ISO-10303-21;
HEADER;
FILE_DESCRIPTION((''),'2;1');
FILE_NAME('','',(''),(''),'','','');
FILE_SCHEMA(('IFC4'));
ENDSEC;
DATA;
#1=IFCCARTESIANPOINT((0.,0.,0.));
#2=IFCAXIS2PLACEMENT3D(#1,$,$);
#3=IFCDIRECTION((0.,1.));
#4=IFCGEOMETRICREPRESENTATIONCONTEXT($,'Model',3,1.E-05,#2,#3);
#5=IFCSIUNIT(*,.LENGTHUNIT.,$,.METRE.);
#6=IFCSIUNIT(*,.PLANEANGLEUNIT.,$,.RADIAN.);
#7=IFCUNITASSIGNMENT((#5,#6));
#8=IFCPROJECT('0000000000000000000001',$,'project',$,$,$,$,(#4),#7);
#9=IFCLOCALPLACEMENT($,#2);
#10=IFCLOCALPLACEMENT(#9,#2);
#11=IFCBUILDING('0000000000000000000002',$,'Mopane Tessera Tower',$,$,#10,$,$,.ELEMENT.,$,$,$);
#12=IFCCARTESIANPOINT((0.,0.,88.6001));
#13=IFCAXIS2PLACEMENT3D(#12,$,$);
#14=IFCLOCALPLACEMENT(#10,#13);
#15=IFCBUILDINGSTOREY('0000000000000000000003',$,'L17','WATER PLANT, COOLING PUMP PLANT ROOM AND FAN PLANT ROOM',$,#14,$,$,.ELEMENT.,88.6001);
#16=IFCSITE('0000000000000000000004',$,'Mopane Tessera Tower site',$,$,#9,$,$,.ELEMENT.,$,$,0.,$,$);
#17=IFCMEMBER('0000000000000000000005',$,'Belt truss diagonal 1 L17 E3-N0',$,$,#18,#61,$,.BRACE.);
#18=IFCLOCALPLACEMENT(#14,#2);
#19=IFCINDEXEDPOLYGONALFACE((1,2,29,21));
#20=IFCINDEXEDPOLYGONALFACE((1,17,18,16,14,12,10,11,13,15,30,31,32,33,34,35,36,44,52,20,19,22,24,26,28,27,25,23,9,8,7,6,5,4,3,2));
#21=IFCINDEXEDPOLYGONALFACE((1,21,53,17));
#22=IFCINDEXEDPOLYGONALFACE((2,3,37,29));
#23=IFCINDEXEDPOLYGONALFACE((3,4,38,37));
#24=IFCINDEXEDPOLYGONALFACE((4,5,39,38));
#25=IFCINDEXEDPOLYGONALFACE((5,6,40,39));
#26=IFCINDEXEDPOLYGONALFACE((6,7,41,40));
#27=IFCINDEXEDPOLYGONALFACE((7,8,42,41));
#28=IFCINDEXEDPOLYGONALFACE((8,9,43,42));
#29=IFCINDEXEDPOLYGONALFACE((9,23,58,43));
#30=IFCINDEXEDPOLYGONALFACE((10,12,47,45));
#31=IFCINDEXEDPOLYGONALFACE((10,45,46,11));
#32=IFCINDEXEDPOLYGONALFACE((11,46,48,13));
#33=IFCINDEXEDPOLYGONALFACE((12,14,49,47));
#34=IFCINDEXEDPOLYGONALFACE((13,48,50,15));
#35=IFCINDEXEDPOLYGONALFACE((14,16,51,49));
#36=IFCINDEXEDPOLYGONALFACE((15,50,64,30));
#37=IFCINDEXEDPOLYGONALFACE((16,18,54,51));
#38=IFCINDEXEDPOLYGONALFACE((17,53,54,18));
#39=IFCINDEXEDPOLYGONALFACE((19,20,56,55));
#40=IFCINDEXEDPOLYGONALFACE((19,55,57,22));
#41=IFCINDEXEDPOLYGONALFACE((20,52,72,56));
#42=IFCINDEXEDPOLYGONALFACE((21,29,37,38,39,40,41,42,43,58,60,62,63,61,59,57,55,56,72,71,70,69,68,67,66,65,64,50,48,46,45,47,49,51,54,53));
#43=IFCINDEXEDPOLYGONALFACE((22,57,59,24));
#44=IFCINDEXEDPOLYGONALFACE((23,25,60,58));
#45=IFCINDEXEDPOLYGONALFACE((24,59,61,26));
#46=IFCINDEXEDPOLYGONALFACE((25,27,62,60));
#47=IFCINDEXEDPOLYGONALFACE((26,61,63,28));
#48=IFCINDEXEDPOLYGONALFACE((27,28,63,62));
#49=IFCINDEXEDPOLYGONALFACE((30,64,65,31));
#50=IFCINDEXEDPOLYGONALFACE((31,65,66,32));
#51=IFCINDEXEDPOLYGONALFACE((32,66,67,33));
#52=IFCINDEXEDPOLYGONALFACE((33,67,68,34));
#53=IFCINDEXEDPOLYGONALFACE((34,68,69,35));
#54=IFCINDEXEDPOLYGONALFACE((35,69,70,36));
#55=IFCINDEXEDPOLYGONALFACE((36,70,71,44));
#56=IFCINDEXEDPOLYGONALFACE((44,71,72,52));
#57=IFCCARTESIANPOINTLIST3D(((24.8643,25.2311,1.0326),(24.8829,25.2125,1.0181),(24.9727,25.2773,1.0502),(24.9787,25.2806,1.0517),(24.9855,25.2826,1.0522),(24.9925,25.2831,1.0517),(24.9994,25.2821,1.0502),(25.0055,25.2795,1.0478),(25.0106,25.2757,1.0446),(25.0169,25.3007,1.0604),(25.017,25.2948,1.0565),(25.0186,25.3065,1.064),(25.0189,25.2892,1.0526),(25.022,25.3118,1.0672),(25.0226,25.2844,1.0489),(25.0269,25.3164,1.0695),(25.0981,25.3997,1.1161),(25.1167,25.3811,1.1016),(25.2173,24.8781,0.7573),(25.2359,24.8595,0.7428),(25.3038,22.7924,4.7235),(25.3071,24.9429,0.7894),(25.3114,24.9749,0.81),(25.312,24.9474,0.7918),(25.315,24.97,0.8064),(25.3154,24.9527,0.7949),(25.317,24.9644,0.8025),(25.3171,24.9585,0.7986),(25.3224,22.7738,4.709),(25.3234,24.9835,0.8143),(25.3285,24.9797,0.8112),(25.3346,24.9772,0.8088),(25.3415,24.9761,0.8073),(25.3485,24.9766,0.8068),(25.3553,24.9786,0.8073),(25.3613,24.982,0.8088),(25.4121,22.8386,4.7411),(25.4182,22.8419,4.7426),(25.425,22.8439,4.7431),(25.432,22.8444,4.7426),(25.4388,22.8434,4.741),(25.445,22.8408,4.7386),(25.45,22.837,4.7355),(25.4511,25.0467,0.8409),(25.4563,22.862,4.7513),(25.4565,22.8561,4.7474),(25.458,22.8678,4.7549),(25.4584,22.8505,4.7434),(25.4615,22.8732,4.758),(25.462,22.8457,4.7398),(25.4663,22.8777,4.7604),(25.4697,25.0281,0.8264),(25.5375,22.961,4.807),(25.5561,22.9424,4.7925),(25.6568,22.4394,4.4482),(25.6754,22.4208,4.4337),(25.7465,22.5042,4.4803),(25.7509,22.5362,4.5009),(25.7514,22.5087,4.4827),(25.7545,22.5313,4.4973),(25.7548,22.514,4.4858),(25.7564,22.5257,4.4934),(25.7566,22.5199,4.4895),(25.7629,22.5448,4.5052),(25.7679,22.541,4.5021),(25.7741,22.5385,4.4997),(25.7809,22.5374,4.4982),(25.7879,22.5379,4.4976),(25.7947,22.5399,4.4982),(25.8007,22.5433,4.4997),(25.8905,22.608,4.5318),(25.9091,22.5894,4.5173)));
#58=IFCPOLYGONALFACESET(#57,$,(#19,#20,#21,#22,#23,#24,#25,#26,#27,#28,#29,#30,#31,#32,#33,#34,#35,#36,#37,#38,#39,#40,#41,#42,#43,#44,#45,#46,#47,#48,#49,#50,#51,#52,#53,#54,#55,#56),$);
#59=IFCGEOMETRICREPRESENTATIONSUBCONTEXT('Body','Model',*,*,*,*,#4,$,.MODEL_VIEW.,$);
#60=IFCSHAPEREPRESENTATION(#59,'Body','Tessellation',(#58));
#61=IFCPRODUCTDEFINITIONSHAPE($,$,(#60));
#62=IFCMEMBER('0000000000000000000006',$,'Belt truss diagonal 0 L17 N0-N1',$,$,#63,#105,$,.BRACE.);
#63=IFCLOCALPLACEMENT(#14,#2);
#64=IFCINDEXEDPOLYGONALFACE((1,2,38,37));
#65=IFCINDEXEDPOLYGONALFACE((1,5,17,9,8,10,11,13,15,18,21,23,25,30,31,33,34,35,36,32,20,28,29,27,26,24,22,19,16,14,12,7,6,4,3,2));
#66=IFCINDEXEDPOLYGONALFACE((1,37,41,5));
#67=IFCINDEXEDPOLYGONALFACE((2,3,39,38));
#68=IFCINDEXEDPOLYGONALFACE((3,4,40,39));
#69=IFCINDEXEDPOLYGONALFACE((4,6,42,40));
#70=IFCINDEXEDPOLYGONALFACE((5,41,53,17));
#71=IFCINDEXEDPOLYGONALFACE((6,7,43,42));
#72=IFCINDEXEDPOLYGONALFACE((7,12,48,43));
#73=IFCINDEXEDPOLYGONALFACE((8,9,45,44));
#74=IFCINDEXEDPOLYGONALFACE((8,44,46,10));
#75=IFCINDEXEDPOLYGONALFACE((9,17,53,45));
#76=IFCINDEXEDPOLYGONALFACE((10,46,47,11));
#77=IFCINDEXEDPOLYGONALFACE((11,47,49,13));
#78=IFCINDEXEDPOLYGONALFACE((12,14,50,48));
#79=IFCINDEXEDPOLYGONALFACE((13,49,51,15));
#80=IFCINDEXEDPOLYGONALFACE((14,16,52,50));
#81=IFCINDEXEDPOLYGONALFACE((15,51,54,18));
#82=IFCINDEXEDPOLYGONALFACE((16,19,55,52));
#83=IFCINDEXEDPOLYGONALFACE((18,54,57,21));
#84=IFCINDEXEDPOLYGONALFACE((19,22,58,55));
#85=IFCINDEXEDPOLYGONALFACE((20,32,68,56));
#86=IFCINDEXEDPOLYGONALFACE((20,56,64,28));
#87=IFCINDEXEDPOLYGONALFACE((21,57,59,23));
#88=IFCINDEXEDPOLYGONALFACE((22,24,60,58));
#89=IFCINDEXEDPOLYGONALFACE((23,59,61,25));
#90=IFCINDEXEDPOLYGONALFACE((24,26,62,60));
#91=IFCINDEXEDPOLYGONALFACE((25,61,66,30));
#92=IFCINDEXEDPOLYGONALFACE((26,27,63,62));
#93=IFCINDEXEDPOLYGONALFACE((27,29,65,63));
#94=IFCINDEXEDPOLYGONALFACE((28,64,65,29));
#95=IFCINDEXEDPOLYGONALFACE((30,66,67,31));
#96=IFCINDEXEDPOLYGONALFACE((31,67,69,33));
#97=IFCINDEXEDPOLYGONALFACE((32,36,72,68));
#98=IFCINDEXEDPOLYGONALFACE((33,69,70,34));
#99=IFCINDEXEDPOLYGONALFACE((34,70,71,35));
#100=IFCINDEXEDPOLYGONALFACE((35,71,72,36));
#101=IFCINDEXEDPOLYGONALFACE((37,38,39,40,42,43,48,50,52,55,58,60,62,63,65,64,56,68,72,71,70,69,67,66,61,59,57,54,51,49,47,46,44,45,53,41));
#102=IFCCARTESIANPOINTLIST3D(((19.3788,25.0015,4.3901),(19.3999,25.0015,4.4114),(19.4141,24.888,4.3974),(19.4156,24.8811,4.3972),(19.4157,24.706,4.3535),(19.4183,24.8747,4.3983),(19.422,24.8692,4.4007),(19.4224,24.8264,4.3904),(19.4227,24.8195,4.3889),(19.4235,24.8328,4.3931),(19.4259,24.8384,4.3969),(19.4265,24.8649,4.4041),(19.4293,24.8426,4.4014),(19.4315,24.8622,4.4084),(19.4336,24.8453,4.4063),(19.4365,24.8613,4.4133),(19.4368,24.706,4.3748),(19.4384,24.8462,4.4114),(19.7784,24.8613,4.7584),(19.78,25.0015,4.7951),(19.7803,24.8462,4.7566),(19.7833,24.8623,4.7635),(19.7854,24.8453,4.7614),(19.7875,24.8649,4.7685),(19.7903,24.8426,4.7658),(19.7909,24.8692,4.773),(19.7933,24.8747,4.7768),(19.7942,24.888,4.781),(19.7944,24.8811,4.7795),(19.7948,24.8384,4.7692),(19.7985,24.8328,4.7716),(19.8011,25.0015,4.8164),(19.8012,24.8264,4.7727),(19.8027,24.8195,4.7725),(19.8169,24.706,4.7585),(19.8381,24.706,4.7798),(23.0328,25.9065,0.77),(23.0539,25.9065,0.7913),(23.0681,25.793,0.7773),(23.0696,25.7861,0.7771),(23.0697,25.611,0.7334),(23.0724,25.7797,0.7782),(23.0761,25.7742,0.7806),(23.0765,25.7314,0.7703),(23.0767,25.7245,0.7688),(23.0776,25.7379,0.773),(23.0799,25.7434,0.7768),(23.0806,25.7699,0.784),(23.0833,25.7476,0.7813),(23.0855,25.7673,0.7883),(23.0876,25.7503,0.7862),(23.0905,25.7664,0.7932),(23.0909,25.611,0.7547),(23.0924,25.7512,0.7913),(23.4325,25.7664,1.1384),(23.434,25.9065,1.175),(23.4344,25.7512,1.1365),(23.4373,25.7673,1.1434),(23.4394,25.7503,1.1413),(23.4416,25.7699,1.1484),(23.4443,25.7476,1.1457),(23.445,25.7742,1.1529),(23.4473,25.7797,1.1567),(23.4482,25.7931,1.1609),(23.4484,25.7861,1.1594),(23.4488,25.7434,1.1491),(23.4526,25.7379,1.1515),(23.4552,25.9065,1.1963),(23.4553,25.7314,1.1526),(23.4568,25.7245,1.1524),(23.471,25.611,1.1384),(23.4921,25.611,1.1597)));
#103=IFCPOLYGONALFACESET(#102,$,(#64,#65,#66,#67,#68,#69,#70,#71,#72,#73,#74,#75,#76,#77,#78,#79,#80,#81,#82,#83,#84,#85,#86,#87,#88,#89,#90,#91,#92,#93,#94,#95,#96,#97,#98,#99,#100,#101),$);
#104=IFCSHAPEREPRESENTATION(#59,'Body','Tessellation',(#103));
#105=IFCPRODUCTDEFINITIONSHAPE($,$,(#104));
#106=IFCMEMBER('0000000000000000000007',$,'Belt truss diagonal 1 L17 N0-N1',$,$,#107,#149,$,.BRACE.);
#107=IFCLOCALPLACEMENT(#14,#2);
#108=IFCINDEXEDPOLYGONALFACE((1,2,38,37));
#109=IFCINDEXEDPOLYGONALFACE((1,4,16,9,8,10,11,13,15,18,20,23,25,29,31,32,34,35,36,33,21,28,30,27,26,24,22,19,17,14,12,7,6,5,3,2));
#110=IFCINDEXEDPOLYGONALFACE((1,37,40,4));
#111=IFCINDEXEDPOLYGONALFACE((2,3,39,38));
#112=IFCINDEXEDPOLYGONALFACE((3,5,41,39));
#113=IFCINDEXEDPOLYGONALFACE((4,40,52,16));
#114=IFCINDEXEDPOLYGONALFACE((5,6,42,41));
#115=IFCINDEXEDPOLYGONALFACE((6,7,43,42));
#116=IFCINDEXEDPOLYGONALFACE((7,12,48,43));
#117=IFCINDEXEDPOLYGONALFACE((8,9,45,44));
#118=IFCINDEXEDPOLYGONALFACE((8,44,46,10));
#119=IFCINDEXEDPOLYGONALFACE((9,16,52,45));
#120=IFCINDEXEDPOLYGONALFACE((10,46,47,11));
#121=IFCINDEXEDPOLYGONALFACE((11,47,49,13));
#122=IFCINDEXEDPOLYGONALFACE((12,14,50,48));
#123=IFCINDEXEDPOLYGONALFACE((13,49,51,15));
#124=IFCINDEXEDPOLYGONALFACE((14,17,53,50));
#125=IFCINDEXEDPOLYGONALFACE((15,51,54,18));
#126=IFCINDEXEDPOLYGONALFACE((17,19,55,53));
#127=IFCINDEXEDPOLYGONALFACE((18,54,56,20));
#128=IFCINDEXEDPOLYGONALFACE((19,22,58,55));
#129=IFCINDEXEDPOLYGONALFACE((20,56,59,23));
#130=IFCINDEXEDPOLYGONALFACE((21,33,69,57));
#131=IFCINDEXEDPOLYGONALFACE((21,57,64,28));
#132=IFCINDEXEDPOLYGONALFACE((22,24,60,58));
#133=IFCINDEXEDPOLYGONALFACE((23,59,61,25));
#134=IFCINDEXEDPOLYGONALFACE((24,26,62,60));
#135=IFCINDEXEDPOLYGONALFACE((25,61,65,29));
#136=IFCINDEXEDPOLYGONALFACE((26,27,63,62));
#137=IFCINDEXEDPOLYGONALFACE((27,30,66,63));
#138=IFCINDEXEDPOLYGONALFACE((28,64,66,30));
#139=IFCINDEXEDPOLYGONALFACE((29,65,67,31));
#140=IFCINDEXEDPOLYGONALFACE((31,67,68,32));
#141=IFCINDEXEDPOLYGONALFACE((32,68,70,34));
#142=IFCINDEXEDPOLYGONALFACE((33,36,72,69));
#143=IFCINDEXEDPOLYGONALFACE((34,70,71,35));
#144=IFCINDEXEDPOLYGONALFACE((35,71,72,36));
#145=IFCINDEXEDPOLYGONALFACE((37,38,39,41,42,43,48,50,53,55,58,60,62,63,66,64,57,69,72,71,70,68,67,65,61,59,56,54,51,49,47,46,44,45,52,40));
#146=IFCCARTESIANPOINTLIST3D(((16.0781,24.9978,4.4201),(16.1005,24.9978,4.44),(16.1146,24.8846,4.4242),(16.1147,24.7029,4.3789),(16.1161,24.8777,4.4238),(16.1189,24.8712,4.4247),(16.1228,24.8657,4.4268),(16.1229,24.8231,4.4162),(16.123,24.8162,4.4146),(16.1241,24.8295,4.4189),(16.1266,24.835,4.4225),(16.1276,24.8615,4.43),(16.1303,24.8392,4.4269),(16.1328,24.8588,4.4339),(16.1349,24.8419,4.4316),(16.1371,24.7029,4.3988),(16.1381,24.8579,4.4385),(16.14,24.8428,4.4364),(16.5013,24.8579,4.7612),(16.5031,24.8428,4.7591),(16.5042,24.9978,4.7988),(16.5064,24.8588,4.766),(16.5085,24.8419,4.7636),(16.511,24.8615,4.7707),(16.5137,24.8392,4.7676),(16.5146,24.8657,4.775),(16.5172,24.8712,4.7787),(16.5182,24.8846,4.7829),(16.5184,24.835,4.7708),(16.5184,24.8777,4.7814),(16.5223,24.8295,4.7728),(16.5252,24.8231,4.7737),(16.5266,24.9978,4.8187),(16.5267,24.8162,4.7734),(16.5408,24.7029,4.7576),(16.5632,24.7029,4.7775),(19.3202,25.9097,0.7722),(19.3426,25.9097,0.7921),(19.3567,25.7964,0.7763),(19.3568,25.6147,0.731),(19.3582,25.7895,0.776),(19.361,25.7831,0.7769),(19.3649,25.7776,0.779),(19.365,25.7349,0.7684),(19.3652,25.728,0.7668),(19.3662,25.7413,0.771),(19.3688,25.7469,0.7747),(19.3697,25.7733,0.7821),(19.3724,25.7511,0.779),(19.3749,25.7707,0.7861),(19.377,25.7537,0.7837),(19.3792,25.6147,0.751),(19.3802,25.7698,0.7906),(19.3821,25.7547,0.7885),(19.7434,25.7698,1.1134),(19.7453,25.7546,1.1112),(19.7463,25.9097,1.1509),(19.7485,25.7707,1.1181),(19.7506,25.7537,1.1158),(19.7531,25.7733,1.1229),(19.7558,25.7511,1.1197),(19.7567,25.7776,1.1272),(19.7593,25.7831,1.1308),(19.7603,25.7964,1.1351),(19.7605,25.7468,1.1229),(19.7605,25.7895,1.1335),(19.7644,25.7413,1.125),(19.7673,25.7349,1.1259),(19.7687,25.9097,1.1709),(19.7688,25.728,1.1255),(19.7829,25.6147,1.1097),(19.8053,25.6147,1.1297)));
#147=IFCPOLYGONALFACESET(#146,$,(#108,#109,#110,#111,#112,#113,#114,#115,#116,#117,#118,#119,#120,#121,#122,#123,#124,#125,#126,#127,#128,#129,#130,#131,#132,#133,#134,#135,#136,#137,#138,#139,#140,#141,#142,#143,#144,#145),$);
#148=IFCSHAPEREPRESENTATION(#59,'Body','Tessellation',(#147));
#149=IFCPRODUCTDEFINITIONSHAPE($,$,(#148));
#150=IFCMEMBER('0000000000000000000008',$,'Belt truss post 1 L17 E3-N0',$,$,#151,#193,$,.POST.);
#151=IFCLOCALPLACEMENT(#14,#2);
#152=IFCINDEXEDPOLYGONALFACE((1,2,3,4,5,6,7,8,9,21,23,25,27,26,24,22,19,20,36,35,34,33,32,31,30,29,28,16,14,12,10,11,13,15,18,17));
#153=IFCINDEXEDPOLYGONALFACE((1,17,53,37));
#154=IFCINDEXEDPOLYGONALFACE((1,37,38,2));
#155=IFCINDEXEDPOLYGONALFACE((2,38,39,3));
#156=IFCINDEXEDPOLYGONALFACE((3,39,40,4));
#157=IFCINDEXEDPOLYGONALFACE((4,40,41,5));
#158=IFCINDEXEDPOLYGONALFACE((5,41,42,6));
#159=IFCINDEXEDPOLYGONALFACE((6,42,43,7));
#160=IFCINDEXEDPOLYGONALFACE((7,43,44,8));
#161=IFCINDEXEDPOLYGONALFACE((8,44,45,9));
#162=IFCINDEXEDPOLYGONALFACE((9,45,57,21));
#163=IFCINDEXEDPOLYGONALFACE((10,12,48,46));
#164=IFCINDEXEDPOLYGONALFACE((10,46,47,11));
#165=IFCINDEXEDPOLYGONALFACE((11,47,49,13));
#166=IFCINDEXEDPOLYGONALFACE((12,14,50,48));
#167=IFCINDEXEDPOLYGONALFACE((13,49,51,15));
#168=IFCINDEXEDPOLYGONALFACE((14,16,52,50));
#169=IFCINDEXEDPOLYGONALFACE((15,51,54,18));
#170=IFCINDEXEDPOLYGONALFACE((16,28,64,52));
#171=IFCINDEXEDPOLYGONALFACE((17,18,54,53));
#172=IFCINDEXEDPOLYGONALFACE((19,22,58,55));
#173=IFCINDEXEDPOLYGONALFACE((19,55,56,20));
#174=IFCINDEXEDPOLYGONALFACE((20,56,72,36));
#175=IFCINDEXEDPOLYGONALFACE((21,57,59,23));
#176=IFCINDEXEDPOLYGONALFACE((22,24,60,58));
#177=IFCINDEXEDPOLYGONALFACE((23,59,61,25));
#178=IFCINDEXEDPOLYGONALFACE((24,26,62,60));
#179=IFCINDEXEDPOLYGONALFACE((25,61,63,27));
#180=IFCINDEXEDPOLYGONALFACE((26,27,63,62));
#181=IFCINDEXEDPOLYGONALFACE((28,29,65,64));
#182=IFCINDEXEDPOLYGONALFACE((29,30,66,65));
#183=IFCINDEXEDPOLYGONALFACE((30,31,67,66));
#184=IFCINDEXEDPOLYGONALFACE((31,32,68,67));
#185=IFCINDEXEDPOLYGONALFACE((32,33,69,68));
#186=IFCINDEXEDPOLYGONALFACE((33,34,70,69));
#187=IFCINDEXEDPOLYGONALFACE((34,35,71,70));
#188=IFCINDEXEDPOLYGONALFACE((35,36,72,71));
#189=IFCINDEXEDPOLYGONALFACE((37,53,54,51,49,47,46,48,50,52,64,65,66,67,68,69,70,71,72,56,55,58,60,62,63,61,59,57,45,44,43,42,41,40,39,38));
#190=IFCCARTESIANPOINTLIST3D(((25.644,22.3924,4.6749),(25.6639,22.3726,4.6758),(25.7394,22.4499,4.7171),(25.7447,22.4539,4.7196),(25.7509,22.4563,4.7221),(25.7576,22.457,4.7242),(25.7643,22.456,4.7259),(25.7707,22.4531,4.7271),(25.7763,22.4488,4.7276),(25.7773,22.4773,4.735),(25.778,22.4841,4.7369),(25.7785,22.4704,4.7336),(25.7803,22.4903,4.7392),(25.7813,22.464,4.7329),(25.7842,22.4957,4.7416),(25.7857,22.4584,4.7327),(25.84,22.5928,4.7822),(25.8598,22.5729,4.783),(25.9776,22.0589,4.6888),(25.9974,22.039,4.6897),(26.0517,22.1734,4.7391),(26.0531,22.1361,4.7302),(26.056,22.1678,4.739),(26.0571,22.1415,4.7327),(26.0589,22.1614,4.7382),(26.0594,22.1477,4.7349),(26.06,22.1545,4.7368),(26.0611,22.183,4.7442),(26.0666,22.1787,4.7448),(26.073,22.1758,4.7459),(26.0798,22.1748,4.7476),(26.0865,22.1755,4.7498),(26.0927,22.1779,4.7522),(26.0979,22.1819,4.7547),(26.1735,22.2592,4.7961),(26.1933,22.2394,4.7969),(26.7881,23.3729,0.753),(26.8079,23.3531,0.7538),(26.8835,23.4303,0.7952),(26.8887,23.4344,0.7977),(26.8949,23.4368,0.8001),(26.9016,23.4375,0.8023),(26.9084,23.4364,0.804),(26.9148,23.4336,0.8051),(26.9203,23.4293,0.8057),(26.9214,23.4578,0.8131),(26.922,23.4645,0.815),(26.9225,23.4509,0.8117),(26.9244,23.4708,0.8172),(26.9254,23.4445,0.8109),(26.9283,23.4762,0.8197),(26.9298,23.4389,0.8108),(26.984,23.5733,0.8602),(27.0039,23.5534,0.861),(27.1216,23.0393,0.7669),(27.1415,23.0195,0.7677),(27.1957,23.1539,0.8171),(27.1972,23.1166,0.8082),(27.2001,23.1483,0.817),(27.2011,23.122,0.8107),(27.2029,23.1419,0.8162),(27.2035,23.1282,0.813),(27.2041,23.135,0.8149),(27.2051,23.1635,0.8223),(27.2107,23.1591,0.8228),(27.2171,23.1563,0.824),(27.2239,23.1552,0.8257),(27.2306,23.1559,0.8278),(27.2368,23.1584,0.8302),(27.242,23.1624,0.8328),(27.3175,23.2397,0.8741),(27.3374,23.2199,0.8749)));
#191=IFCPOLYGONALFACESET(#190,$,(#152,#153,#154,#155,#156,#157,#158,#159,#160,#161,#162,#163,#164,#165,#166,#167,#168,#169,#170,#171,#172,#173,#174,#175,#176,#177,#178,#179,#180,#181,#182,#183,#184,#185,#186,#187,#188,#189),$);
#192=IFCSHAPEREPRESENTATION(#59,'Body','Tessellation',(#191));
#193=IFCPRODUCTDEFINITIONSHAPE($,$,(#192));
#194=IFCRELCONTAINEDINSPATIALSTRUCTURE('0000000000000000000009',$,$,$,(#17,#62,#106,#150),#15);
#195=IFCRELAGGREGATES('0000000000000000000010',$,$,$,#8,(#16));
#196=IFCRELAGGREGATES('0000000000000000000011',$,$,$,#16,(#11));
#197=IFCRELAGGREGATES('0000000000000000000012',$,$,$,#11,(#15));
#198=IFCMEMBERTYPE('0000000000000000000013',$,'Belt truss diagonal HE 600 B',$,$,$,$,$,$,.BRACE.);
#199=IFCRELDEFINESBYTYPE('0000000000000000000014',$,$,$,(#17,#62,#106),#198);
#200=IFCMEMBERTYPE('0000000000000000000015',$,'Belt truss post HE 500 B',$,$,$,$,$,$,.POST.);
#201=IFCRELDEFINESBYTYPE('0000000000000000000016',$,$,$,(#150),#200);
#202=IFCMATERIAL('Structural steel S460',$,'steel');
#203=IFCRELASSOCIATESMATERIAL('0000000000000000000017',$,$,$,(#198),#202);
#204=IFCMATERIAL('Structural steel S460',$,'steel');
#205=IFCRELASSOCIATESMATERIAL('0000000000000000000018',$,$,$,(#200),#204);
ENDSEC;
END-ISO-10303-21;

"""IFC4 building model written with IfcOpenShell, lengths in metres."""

from ifc_helpers import new_model, si_unit, direction, frame, origin, origin_2d, place, context, subcontext, project, spatial, i_section, extrude, material, material_profile, profile_set, type_object, element, save


model = new_model("IFC4")

# Units and contexts
model_context = context("Model", 3, precision=1e-05, world=origin(), true_north=direction((0.0, 1.0)))
body_context = subcontext(model_context, "Body", "Model", "MODEL_VIEW")
ifc_project = project(units=[si_unit("LENGTHUNIT", "METRE"), si_unit("PLANEANGLEUNIT", "RADIAN")], contexts=[model_context])

# Site, building, storey
site_placement = place(None, origin())
site = spatial("IfcSite", under=ifc_project, at=site_placement, Name="Mopane Tessera Tower site", CompositionType="ELEMENT", RefElevation=0.0)
building_placement = place(site_placement, origin())
building = spatial("IfcBuilding", under=site, at=building_placement, Name="Mopane Tessera Tower", CompositionType="ELEMENT")
storey_placement = place(building_placement, frame((0.0, 0.0, 88.6001)))
storey = spatial("IfcBuildingStorey", under=building, at=storey_placement, Name="L17", Description="WATER PLANT, COOLING PUMP PLANT ROOM AND FAN PLANT ROOM", CompositionType="ELEMENT", Elevation=88.6001)

# Members
ifc_material_1 = material(Name="Structural steel S460", Category="steel")
ifc_material_profile_1 = material_profile(ifc_material_1, i_section(OverallWidth=0.3, OverallDepth=0.6001, WebThickness=0.0154, FlangeThickness=0.03, FilletRadius=0.0271, at=origin_2d()))
ifc_profile_set_1 = profile_set([ifc_material_profile_1], Name="Structural steel S460")
member_type_1 = type_object("IfcMemberType", Name="Belt truss diagonal HE 600 B", PredefinedType="BRACE", material=ifc_profile_set_1)
member_1_placement = place(storey_placement, frame((25.6064, 22.6909, 4.6204), z_axis=(-0.098851, 0.54857, -0.830241), x_axis=(-0.778986, -0.561817, -0.278464)))
element("IfcMember", 1, at=member_1_placement, inside=storey, type_object=member_type_1, Name="Belt truss diagonal 1 L17 E3-N0", PredefinedType="BRACE", context=body_context, shape_type="SweptSolid", body=[
    extrude(i_section(OverallWidth=0.3, OverallDepth=0.6001, WebThickness=0.0154, FlangeThickness=0.03, FilletRadius=0.0271, at=origin_2d()), origin(), (0.0, 0.0, 1.0), 4.4456),
])
member_2_placement = place(storey_placement, frame((23.2625, 25.7588, 0.9648), z_axis=(-0.69965, -0.173288, 0.693153), x_axis=(0.123111, -0.984871, -0.121953)))
element("IfcMember", 2, at=member_2_placement, inside=storey, type_object=member_type_1, Name="Belt truss diagonal 0 L17 N0-N1", PredefinedType="BRACE", context=body_context, shape_type="SweptSolid", body=[
    extrude(i_section(OverallWidth=0.3, OverallDepth=0.6001, WebThickness=0.0154, FlangeThickness=0.03, FilletRadius=0.0271, at=origin_2d()), origin(), (0.0, 0.0, 1.0), 5.2227),
])
member_3_placement = place(storey_placement, frame((19.5627, 25.7622, 0.9509), z_axis=(-0.653014, -0.18366, 0.734739), x_axis=(0.121993, -0.98299, -0.137291)))
element("IfcMember", 3, at=member_3_placement, inside=storey, type_object=member_type_1, Name="Belt truss diagonal 1 L17 N0-N1", PredefinedType="BRACE", context=body_context, shape_type="SweptSolid", body=[
    extrude(i_section(OverallWidth=0.3, OverallDepth=0.6001, WebThickness=0.0154, FlangeThickness=0.03, FilletRadius=0.0271, at=origin_2d()), origin(), (0.0, 0.0, 1.0), 4.9648),
])
ifc_material_2 = material(Name="Structural steel S460", Category="steel")
ifc_material_profile_2 = material_profile(ifc_material_2, i_section(OverallWidth=0.3, OverallDepth=0.5, WebThickness=0.0144, FlangeThickness=0.0281, FilletRadius=0.0271, at=origin_2d()))
ifc_profile_set_2 = profile_set([ifc_material_profile_2], Name="Structural steel S460")
member_type_2 = type_object("IfcMemberType", Name="Belt truss post HE 500 B", PredefinedType="POST", material=ifc_profile_set_2)
member_4_placement = place(storey_placement, frame((27.0627, 23.2964, 0.814), z_axis=(-0.272304, -0.23337, 0.933482), x_axis=(-0.652959, -0.667758, -0.357413)))
element("IfcMember", 4, at=member_4_placement, inside=storey, type_object=member_type_2, Name="Belt truss post 1 L17 E3-N0", PredefinedType="POST", context=body_context, shape_type="SweptSolid", body=[
    extrude(i_section(OverallWidth=0.3, OverallDepth=0.5, WebThickness=0.0144, FlangeThickness=0.0281, FilletRadius=0.0271, at=origin_2d()), origin(), (0.0, 0.0, 1.0), 4.2014),
])

save(model, "model.ifc")
